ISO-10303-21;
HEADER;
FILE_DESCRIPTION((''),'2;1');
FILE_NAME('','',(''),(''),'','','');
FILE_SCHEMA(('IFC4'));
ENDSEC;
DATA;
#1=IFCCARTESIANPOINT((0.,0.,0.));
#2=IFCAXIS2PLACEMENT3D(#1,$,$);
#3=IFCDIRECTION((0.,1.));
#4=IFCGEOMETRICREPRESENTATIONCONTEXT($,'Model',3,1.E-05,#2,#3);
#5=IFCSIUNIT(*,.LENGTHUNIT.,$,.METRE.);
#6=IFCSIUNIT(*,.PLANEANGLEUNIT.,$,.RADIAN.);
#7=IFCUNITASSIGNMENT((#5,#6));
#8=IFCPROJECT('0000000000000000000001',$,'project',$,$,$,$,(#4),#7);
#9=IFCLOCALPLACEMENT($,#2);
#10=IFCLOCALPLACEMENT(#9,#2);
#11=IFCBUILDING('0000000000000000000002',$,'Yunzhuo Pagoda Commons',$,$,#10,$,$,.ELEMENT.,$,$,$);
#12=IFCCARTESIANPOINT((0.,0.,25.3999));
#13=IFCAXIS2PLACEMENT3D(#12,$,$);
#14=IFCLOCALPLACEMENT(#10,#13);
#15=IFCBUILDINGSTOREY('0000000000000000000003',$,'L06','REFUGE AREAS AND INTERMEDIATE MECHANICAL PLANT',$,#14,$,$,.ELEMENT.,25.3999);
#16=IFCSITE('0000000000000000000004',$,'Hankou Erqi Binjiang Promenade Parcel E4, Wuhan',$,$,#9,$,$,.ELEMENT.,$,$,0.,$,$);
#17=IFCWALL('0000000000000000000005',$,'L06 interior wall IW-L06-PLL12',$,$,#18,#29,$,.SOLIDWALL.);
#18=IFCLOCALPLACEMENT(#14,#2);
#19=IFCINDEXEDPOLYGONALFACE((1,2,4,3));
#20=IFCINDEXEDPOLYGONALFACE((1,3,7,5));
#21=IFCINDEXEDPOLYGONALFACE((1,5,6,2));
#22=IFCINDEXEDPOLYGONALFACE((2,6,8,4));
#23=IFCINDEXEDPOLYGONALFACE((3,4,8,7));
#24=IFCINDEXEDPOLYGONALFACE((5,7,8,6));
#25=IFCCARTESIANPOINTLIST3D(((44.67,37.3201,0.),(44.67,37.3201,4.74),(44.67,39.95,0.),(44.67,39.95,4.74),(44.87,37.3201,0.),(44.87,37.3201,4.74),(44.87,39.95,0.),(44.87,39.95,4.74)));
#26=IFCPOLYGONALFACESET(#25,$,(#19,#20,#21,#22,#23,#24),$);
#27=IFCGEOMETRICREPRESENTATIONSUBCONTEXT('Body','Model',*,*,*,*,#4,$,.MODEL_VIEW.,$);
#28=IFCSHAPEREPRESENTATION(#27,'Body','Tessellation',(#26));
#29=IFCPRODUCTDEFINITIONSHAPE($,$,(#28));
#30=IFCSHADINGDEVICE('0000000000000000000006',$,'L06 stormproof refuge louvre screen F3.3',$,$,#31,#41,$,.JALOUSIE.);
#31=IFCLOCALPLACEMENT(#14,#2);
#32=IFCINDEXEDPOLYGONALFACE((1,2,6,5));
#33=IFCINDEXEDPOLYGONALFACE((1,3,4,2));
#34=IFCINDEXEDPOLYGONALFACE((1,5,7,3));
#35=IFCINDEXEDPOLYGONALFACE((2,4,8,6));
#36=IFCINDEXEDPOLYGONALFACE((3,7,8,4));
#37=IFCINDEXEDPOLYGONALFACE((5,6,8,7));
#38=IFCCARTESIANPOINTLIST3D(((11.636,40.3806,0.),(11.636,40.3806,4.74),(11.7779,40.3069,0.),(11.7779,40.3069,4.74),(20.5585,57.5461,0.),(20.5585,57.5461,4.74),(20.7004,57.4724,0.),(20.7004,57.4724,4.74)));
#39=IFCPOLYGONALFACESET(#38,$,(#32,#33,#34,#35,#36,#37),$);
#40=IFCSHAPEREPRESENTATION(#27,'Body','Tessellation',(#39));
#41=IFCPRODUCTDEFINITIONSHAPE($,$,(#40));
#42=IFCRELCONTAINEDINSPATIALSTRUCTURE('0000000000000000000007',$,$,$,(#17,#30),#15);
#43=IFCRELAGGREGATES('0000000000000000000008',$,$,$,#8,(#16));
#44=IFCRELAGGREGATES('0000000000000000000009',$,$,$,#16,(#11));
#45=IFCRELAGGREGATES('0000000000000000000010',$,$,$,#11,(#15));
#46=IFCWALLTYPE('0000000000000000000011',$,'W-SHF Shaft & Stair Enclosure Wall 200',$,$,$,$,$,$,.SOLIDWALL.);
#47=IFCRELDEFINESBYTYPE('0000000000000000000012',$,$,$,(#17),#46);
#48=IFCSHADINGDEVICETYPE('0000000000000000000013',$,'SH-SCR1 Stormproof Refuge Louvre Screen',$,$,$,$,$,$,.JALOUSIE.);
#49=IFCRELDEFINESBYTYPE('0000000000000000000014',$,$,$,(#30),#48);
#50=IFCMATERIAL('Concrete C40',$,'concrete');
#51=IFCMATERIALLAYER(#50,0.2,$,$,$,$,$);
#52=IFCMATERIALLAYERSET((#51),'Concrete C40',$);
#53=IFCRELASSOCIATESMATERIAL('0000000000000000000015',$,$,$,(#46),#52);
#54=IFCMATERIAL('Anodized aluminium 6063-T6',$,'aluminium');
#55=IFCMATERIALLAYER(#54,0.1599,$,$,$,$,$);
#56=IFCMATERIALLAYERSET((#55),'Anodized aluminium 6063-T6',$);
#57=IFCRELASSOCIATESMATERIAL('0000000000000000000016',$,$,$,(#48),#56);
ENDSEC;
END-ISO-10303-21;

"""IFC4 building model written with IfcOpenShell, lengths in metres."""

from ifc_helpers import new_model, si_unit, direction, frame, frame_2d, origin, origin_2d, place, context, subcontext, project, spatial, rectangle, extrude, source, transform, mapped, material, layer, layer_set, type_object, element, save


model = new_model("IFC4")

# Units and contexts
model_context = context("Model", 3, precision=1e-05, world=origin(), true_north=direction((0.0, 1.0)))
body_context = subcontext(model_context, "Body", "Model", "MODEL_VIEW")
ifc_project = project(units=[si_unit("LENGTHUNIT", "METRE"), si_unit("PLANEANGLEUNIT", "RADIAN")], contexts=[model_context])

# Site, building, storey
site_placement = place(None, origin())
site = spatial("IfcSite", under=ifc_project, at=site_placement, Name="Hankou Erqi Binjiang Promenade Parcel E4, Wuhan", CompositionType="ELEMENT", RefElevation=0.0)
building_placement = place(site_placement, origin())
building = spatial("IfcBuilding", under=site, at=building_placement, Name="Yunzhuo Pagoda Commons", CompositionType="ELEMENT")
storey_placement = place(building_placement, frame((0.0, 0.0, 25.3999)))
storey = spatial("IfcBuildingStorey", under=building, at=storey_placement, Name="L06", Description="REFUGE AREAS AND INTERMEDIATE MECHANICAL PLANT", CompositionType="ELEMENT", Elevation=25.3999)

# Wall
ifc_material_1 = material(Name="Concrete C40", Category="concrete")
ifc_layer_1 = layer(ifc_material_1, 0.2)
ifc_layer_set_1 = layer_set([ifc_layer_1], Name="Concrete C40")
wall_type_1 = type_object("IfcWallType", Name="W-SHF Shaft & Stair Enclosure Wall 200", PredefinedType="SOLIDWALL", material=ifc_layer_set_1)
wall_1_placement = place(storey_placement, frame((44.77, 37.3201, 0.0), z_axis=(0.0, 0.0, 1.0), x_axis=(0.0, 1.0, 0.0)))
element("IfcWall", 1, at=wall_1_placement, inside=storey, type_object=wall_type_1, Name="L06 interior wall IW-L06-PLL12", PredefinedType="SOLIDWALL", context=body_context, shape_type="SweptSolid", body=[
    extrude(rectangle(XDim=2.6299, YDim=0.2, at=frame_2d((1.3149, 0.0))), origin(), (0.0, 0.0, 1.0), 4.74),
])

# Shading device
ifc_material_2 = material(Name="Anodized aluminium 6063-T6", Category="aluminium")
ifc_layer_2 = layer(ifc_material_2, 0.1599)
ifc_layer_set_2 = layer_set([ifc_layer_2], Name="Anodized aluminium 6063-T6")
shading_device_type = type_object("IfcShadingDeviceType", Name="SH-SCR1 Stormproof Refuge Louvre Screen", PredefinedType="JALOUSIE", material=ifc_layer_set_2)
shared_shape_1 = source(origin(), body_context, "Body", "SweptSolid", [
    extrude(rectangle(XDim=19.3459, YDim=0.1599, at=origin_2d()), origin(), (0.0, 0.0, 1.0), 4.74),
])
shading_device_placement = place(storey_placement, frame((16.1682, 48.9265, 0.0), z_axis=(0.0, 0.0, 1.0), x_axis=(-0.461207, -0.887293, 0.0)))
element("IfcShadingDevice", 2, at=shading_device_placement, inside=storey, type_object=shading_device_type, Name="L06 stormproof refuge louvre screen F3.3", PredefinedType="JALOUSIE", context=body_context, shape_type="MappedRepresentation", body=[
    mapped(shared_shape_1, transform((0.0, 0.0, 0.0), scale=1.0)),
])

save(model, "model.ifc")
